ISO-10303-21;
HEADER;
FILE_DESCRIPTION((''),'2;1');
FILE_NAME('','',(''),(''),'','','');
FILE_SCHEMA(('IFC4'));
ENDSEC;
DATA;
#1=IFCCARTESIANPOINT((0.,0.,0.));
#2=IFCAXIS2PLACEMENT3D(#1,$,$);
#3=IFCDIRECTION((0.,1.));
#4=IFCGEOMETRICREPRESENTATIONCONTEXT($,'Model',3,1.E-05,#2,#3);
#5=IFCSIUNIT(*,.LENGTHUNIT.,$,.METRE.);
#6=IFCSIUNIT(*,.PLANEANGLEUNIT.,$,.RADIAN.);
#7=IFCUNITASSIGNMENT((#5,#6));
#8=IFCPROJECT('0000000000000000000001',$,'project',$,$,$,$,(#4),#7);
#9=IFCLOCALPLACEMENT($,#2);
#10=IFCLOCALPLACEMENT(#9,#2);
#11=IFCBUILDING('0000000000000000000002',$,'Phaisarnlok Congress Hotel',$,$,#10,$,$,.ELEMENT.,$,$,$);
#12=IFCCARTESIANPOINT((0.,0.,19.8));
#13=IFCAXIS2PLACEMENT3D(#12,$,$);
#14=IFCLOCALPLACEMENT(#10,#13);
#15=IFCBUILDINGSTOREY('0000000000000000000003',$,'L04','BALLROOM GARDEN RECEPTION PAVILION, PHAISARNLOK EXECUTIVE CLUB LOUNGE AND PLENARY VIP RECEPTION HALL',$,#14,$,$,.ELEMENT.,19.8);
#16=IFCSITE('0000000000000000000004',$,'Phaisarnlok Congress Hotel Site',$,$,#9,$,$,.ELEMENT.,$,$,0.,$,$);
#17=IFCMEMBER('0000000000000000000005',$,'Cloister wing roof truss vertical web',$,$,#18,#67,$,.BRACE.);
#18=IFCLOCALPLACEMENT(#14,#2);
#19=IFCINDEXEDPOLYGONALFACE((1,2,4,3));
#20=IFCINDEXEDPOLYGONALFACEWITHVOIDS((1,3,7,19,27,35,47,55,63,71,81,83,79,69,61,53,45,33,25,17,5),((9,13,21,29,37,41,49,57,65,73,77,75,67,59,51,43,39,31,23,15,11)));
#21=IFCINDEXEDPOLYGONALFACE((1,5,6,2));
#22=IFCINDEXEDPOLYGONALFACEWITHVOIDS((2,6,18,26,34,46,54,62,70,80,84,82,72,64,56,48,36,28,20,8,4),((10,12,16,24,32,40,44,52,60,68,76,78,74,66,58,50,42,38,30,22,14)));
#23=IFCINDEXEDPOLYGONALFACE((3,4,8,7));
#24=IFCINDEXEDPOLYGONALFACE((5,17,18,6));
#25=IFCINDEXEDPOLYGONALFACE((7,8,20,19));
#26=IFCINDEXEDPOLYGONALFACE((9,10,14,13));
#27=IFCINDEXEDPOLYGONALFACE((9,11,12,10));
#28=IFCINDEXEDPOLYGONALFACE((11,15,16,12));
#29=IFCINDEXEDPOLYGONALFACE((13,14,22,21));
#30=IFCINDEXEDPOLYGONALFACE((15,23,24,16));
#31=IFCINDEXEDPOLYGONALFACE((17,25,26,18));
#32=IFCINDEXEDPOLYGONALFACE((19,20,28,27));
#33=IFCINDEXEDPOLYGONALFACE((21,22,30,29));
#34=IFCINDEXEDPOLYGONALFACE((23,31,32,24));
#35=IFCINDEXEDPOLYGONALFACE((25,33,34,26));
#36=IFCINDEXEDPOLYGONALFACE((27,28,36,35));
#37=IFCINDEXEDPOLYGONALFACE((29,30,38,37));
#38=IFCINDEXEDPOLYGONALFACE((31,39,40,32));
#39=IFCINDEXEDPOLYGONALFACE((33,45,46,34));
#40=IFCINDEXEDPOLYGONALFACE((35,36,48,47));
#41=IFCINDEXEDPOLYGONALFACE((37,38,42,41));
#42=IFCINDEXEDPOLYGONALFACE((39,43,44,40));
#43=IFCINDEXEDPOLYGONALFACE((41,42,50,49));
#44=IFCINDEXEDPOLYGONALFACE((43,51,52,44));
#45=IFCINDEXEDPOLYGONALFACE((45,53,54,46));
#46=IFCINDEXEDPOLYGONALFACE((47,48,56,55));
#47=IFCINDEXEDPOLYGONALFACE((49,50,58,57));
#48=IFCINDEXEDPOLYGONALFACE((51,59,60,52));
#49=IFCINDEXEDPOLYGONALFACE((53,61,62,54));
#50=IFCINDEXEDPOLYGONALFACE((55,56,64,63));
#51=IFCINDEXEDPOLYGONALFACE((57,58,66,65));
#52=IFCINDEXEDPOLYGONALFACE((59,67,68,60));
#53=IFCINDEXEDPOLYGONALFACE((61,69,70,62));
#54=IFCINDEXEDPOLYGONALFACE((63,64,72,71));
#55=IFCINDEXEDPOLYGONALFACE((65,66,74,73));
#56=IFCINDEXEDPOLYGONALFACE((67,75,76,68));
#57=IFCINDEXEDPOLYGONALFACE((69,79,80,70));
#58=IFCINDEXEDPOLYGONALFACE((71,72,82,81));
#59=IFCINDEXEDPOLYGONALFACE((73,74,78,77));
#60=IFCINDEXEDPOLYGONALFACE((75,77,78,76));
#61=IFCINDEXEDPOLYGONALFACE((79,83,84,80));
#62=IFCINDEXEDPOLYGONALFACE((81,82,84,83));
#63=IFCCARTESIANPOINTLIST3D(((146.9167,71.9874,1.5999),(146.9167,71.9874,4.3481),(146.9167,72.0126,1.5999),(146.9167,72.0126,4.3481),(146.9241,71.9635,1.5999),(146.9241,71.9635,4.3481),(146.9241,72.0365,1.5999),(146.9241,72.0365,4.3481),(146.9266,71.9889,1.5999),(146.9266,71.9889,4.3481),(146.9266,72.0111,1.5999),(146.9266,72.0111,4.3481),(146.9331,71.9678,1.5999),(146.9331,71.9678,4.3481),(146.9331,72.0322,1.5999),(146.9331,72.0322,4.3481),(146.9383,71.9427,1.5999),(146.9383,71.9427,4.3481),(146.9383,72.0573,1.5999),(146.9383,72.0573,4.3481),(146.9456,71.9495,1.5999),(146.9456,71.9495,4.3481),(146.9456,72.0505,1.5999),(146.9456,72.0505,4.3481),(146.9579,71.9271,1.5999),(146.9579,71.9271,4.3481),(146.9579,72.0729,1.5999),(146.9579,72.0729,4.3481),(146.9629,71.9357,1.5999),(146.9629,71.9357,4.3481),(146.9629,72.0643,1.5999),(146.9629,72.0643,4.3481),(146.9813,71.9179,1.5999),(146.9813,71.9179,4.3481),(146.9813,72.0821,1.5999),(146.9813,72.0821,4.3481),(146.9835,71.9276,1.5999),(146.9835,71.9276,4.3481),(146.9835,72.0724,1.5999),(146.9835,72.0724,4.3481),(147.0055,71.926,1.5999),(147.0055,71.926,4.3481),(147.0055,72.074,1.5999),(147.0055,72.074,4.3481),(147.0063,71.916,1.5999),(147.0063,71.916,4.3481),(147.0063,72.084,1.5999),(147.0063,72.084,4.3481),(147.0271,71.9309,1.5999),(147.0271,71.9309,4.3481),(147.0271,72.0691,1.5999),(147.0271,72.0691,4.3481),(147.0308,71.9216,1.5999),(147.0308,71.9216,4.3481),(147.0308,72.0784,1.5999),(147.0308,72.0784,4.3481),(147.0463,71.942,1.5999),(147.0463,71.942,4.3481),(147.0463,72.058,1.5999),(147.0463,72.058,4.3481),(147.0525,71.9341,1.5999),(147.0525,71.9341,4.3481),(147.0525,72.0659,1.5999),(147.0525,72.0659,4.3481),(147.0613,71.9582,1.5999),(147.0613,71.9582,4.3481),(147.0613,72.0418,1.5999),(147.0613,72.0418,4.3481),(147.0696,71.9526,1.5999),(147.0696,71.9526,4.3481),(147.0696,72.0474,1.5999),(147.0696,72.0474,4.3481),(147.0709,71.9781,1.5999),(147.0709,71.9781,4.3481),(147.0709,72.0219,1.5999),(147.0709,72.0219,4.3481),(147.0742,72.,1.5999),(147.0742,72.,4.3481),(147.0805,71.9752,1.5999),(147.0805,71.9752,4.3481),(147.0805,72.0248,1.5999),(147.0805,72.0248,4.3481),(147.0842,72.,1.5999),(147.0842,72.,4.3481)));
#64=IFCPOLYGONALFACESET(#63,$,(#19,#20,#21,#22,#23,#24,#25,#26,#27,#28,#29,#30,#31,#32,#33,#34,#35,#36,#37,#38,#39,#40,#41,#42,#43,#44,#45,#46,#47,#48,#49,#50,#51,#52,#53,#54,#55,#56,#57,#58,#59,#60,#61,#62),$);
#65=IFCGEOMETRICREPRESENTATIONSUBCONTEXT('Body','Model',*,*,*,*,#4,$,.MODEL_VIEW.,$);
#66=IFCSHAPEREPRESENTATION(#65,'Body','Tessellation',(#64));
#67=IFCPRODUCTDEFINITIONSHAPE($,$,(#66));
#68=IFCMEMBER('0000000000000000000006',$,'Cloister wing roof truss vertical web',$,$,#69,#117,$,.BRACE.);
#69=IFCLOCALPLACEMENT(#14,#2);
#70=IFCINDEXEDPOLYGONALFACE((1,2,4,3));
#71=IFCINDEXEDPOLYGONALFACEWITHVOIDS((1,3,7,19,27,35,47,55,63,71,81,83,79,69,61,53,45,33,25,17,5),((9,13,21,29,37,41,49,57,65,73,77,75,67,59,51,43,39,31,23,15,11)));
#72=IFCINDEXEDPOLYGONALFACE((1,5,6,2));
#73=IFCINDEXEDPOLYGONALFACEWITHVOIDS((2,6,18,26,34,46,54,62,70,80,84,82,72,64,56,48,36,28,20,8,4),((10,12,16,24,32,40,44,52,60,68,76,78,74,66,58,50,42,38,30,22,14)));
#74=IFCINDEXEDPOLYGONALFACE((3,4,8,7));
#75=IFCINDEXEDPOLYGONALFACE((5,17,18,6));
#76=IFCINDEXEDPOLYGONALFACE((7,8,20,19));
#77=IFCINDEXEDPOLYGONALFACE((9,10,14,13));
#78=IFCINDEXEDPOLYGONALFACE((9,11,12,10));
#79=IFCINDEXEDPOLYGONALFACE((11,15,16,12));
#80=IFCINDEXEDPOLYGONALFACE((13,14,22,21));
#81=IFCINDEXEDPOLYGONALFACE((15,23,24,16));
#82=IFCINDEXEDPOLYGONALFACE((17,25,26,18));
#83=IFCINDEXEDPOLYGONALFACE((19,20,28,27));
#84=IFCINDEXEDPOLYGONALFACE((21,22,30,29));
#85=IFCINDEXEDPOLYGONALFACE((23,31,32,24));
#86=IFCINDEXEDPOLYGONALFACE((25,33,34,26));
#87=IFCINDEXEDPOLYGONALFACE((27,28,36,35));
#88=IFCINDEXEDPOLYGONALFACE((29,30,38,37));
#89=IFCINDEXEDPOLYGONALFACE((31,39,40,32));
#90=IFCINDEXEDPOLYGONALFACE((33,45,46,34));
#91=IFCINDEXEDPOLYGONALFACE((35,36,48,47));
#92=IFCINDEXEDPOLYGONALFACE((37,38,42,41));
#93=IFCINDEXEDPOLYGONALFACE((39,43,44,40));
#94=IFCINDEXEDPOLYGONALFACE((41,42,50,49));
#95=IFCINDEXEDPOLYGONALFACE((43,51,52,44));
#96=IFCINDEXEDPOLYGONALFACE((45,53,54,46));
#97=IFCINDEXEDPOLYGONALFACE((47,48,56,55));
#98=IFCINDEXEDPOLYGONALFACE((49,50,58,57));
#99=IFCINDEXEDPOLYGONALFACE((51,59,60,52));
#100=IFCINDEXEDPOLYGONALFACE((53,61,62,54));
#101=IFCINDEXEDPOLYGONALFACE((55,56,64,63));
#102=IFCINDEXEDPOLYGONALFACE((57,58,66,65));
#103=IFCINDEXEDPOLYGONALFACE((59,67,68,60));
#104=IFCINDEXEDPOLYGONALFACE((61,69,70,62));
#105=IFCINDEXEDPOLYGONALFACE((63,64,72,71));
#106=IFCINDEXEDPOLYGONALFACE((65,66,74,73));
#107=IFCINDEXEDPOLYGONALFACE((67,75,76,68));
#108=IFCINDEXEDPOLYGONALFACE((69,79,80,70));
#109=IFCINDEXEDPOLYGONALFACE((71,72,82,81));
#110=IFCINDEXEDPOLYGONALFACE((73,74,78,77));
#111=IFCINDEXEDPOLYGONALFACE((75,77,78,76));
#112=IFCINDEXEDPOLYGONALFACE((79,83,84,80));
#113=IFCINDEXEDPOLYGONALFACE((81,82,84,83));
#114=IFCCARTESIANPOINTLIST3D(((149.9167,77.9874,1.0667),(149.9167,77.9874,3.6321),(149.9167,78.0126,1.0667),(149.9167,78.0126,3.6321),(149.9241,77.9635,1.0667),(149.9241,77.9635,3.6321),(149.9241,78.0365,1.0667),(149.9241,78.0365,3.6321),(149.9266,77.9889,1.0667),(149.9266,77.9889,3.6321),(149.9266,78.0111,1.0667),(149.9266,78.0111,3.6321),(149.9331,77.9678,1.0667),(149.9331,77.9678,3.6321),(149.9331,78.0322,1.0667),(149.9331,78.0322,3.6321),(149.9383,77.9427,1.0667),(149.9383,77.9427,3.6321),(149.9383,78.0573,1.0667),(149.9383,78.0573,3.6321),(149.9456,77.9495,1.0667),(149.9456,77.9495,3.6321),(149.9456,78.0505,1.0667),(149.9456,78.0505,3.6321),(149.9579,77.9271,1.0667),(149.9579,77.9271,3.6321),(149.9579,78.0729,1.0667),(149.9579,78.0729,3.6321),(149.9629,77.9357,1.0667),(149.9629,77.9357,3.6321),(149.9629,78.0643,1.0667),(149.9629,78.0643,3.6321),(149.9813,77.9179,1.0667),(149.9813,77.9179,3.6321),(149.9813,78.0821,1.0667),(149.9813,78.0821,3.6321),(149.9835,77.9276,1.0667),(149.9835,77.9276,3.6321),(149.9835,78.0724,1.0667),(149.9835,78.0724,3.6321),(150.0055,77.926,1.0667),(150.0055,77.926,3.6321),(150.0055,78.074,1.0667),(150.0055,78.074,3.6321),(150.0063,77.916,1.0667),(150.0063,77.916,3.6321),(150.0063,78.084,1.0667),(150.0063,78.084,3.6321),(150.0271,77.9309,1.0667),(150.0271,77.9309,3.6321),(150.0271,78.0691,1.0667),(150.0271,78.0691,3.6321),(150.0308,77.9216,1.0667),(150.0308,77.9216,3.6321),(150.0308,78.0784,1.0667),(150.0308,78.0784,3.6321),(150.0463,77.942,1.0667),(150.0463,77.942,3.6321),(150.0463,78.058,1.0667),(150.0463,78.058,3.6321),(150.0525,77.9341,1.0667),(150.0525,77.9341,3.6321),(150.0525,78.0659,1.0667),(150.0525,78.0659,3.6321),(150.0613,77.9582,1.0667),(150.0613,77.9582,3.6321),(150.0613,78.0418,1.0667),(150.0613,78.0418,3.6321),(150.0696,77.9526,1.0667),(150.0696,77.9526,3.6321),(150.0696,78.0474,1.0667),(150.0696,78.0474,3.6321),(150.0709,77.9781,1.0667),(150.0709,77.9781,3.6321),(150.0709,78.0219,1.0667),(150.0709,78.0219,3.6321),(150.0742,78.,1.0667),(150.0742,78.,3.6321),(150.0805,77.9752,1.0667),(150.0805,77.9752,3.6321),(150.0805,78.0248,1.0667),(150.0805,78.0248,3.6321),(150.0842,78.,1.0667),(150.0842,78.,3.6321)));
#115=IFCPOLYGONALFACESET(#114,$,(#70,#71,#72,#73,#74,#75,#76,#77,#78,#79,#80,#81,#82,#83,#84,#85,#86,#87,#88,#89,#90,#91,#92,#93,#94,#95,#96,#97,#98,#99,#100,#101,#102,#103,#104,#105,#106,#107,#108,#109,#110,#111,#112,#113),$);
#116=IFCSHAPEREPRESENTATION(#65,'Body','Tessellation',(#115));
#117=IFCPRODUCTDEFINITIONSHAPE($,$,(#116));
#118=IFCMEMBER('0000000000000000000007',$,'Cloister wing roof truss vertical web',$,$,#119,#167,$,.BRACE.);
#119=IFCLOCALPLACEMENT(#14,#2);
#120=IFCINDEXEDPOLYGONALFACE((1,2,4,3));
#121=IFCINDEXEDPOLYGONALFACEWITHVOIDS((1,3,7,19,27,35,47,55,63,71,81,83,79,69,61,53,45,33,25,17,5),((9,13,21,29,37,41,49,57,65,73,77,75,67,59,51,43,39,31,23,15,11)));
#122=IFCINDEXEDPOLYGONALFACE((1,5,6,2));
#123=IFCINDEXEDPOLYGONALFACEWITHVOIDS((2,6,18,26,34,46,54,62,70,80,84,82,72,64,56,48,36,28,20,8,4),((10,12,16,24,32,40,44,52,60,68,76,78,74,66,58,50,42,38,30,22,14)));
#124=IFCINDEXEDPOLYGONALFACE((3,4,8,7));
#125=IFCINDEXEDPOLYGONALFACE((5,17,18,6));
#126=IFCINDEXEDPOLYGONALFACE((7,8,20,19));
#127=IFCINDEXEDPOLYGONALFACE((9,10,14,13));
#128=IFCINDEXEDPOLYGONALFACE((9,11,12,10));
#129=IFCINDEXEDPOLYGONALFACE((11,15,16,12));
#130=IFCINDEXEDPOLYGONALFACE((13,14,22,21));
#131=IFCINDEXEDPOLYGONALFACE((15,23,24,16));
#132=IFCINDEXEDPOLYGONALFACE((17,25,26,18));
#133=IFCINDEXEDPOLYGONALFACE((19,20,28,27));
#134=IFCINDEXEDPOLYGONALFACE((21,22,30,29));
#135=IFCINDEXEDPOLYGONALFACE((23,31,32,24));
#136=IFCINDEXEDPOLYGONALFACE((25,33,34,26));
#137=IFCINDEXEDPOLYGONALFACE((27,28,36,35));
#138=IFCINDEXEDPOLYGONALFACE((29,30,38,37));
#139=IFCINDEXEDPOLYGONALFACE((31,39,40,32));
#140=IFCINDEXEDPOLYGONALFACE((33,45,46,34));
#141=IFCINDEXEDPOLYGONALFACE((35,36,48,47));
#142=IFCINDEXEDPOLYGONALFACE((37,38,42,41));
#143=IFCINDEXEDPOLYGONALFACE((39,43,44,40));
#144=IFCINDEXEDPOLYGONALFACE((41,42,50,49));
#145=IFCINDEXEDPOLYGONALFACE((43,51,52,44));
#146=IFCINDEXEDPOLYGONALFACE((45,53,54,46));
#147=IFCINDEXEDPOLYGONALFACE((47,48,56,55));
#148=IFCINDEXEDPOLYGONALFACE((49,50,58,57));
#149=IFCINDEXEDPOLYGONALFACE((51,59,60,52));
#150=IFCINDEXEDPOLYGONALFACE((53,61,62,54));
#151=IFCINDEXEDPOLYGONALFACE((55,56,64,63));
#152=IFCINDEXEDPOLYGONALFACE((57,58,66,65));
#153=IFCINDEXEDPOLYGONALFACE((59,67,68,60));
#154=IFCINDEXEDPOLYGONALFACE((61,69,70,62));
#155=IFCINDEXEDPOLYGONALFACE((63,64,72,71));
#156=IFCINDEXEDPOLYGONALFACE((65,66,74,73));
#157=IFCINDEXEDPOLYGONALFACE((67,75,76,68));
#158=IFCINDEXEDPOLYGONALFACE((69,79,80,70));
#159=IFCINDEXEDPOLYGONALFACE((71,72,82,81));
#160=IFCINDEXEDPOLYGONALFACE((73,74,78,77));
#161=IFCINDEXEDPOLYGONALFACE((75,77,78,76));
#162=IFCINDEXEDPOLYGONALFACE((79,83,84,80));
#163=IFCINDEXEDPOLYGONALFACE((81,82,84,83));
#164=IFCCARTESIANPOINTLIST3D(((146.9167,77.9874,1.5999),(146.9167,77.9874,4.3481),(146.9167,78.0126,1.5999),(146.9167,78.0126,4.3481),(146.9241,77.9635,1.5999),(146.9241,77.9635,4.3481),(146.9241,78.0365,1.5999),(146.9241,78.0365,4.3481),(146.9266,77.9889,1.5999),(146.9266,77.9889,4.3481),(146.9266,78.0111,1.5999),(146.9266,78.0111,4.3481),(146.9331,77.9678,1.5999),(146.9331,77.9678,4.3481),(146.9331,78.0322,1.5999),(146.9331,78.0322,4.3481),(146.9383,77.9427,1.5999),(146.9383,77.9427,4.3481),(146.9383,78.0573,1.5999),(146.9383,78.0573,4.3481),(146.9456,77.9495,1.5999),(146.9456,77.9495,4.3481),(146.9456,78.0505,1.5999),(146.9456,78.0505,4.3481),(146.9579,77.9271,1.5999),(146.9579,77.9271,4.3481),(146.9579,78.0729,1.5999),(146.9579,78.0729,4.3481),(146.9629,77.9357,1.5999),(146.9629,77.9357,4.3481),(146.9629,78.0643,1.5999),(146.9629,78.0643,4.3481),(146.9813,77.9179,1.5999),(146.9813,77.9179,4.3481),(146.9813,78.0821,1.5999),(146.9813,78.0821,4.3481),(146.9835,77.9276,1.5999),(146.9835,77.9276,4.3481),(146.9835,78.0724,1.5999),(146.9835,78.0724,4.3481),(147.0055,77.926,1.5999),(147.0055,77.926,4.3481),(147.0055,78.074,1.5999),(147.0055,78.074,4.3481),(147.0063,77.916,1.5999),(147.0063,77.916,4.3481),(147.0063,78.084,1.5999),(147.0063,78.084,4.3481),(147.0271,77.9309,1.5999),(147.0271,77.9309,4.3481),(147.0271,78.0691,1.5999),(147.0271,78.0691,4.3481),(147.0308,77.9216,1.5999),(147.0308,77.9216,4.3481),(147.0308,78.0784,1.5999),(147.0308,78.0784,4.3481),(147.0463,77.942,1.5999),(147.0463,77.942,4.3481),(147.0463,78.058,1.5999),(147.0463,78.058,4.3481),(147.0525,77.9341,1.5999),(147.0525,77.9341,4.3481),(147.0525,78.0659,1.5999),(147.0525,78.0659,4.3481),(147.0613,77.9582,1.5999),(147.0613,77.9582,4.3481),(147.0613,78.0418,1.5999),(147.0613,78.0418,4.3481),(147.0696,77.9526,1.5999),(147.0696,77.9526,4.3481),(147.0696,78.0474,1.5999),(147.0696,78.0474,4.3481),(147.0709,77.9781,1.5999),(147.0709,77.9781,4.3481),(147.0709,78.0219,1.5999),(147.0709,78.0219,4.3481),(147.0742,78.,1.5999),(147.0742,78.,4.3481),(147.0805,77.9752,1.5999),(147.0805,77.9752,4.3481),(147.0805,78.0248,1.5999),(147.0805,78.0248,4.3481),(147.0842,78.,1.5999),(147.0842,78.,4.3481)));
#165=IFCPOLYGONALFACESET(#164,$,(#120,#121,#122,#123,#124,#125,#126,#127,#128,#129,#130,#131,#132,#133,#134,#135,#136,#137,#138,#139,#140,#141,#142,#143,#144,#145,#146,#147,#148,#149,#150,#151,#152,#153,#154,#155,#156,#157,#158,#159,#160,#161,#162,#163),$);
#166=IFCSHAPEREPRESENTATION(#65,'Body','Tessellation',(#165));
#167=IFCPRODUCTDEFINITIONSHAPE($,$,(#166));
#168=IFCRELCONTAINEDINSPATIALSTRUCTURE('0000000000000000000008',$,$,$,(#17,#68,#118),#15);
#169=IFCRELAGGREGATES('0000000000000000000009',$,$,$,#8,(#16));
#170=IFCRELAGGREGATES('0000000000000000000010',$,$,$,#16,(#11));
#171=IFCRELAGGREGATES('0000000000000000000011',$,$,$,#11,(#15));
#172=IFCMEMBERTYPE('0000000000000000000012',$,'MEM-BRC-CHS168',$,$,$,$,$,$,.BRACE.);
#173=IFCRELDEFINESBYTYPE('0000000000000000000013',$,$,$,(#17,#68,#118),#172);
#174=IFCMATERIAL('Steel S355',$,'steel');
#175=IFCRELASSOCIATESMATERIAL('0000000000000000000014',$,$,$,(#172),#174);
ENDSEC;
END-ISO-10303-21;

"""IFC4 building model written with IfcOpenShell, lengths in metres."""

from ifc_helpers import new_model, si_unit, direction, frame, origin, origin_2d, place, context, subcontext, project, spatial, hollow_circle, extrude, material, material_profile, profile_set, type_object, element, save


model = new_model("IFC4")

# Units and contexts
model_context = context("Model", 3, precision=1e-05, world=origin(), true_north=direction((0.0, 1.0)))
body_context = subcontext(model_context, "Body", "Model", "MODEL_VIEW")
ifc_project = project(units=[si_unit("LENGTHUNIT", "METRE"), si_unit("PLANEANGLEUNIT", "RADIAN")], contexts=[model_context])

# Site, building, storey
site_placement = place(None, origin())
site = spatial("IfcSite", under=ifc_project, at=site_placement, Name="Phaisarnlok Congress Hotel Site", CompositionType="ELEMENT", RefElevation=0.0)
building_placement = place(site_placement, origin())
building = spatial("IfcBuilding", under=site, at=building_placement, Name="Phaisarnlok Congress Hotel", CompositionType="ELEMENT")
storey_placement = place(building_placement, frame((0.0, 0.0, 19.8)))
storey = spatial("IfcBuildingStorey", under=building, at=storey_placement, Name="L04", Description="BALLROOM GARDEN RECEPTION PAVILION, PHAISARNLOK EXECUTIVE CLUB LOUNGE AND PLENARY VIP RECEPTION HALL", CompositionType="ELEMENT", Elevation=19.8)

# Shared definitions
ifc_material = material(Name="Steel S355", Category="steel")

# Members
ifc_material_profile_1 = material_profile(ifc_material, hollow_circle(Radius=0.0842, WallThickness=0.01, at=origin_2d()), Name="CHS 168.3x10")
ifc_profile_set_1 = profile_set([ifc_material_profile_1], Name="Steel S355")
member_type_1 = type_object("IfcMemberType", Name="MEM-BRC-CHS168", PredefinedType="BRACE", material=ifc_profile_set_1)
member_1_placement = place(storey_placement, frame((147.0, 72.0, 1.5999), z_axis=(0.0, 0.0, 1.0), x_axis=(1.0, 0.0, 0.0)))
element("IfcMember", 1, at=member_1_placement, inside=storey, type_object=member_type_1, Name="Cloister wing roof truss vertical web", PredefinedType="BRACE", context=body_context, shape_type="SweptSolid", body=[
    extrude(hollow_circle(Radius=0.0842, WallThickness=0.01, at=origin_2d()), origin(), (0.0, 0.0, 1.0), 2.7483),
])
member_2_placement = place(storey_placement, frame((150.0, 78.0, 1.0667), z_axis=(0.0, 0.0, 1.0), x_axis=(1.0, 0.0, 0.0)))
element("IfcMember", 2, at=member_2_placement, inside=storey, type_object=member_type_1, Name="Cloister wing roof truss vertical web", PredefinedType="BRACE", context=body_context, shape_type="SweptSolid", body=[
    extrude(hollow_circle(Radius=0.0842, WallThickness=0.01, at=origin_2d()), origin(), (0.0, 0.0, 1.0), 2.5654),
])
member_3_placement = place(storey_placement, frame((147.0, 78.0, 1.5999), z_axis=(0.0, 0.0, 1.0), x_axis=(1.0, 0.0, 0.0)))
element("IfcMember", 3, at=member_3_placement, inside=storey, type_object=member_type_1, Name="Cloister wing roof truss vertical web", PredefinedType="BRACE", context=body_context, shape_type="SweptSolid", body=[
    extrude(hollow_circle(Radius=0.0842, WallThickness=0.01, at=origin_2d()), origin(), (0.0, 0.0, 1.0), 2.7483),
])

save(model, "model.ifc")
